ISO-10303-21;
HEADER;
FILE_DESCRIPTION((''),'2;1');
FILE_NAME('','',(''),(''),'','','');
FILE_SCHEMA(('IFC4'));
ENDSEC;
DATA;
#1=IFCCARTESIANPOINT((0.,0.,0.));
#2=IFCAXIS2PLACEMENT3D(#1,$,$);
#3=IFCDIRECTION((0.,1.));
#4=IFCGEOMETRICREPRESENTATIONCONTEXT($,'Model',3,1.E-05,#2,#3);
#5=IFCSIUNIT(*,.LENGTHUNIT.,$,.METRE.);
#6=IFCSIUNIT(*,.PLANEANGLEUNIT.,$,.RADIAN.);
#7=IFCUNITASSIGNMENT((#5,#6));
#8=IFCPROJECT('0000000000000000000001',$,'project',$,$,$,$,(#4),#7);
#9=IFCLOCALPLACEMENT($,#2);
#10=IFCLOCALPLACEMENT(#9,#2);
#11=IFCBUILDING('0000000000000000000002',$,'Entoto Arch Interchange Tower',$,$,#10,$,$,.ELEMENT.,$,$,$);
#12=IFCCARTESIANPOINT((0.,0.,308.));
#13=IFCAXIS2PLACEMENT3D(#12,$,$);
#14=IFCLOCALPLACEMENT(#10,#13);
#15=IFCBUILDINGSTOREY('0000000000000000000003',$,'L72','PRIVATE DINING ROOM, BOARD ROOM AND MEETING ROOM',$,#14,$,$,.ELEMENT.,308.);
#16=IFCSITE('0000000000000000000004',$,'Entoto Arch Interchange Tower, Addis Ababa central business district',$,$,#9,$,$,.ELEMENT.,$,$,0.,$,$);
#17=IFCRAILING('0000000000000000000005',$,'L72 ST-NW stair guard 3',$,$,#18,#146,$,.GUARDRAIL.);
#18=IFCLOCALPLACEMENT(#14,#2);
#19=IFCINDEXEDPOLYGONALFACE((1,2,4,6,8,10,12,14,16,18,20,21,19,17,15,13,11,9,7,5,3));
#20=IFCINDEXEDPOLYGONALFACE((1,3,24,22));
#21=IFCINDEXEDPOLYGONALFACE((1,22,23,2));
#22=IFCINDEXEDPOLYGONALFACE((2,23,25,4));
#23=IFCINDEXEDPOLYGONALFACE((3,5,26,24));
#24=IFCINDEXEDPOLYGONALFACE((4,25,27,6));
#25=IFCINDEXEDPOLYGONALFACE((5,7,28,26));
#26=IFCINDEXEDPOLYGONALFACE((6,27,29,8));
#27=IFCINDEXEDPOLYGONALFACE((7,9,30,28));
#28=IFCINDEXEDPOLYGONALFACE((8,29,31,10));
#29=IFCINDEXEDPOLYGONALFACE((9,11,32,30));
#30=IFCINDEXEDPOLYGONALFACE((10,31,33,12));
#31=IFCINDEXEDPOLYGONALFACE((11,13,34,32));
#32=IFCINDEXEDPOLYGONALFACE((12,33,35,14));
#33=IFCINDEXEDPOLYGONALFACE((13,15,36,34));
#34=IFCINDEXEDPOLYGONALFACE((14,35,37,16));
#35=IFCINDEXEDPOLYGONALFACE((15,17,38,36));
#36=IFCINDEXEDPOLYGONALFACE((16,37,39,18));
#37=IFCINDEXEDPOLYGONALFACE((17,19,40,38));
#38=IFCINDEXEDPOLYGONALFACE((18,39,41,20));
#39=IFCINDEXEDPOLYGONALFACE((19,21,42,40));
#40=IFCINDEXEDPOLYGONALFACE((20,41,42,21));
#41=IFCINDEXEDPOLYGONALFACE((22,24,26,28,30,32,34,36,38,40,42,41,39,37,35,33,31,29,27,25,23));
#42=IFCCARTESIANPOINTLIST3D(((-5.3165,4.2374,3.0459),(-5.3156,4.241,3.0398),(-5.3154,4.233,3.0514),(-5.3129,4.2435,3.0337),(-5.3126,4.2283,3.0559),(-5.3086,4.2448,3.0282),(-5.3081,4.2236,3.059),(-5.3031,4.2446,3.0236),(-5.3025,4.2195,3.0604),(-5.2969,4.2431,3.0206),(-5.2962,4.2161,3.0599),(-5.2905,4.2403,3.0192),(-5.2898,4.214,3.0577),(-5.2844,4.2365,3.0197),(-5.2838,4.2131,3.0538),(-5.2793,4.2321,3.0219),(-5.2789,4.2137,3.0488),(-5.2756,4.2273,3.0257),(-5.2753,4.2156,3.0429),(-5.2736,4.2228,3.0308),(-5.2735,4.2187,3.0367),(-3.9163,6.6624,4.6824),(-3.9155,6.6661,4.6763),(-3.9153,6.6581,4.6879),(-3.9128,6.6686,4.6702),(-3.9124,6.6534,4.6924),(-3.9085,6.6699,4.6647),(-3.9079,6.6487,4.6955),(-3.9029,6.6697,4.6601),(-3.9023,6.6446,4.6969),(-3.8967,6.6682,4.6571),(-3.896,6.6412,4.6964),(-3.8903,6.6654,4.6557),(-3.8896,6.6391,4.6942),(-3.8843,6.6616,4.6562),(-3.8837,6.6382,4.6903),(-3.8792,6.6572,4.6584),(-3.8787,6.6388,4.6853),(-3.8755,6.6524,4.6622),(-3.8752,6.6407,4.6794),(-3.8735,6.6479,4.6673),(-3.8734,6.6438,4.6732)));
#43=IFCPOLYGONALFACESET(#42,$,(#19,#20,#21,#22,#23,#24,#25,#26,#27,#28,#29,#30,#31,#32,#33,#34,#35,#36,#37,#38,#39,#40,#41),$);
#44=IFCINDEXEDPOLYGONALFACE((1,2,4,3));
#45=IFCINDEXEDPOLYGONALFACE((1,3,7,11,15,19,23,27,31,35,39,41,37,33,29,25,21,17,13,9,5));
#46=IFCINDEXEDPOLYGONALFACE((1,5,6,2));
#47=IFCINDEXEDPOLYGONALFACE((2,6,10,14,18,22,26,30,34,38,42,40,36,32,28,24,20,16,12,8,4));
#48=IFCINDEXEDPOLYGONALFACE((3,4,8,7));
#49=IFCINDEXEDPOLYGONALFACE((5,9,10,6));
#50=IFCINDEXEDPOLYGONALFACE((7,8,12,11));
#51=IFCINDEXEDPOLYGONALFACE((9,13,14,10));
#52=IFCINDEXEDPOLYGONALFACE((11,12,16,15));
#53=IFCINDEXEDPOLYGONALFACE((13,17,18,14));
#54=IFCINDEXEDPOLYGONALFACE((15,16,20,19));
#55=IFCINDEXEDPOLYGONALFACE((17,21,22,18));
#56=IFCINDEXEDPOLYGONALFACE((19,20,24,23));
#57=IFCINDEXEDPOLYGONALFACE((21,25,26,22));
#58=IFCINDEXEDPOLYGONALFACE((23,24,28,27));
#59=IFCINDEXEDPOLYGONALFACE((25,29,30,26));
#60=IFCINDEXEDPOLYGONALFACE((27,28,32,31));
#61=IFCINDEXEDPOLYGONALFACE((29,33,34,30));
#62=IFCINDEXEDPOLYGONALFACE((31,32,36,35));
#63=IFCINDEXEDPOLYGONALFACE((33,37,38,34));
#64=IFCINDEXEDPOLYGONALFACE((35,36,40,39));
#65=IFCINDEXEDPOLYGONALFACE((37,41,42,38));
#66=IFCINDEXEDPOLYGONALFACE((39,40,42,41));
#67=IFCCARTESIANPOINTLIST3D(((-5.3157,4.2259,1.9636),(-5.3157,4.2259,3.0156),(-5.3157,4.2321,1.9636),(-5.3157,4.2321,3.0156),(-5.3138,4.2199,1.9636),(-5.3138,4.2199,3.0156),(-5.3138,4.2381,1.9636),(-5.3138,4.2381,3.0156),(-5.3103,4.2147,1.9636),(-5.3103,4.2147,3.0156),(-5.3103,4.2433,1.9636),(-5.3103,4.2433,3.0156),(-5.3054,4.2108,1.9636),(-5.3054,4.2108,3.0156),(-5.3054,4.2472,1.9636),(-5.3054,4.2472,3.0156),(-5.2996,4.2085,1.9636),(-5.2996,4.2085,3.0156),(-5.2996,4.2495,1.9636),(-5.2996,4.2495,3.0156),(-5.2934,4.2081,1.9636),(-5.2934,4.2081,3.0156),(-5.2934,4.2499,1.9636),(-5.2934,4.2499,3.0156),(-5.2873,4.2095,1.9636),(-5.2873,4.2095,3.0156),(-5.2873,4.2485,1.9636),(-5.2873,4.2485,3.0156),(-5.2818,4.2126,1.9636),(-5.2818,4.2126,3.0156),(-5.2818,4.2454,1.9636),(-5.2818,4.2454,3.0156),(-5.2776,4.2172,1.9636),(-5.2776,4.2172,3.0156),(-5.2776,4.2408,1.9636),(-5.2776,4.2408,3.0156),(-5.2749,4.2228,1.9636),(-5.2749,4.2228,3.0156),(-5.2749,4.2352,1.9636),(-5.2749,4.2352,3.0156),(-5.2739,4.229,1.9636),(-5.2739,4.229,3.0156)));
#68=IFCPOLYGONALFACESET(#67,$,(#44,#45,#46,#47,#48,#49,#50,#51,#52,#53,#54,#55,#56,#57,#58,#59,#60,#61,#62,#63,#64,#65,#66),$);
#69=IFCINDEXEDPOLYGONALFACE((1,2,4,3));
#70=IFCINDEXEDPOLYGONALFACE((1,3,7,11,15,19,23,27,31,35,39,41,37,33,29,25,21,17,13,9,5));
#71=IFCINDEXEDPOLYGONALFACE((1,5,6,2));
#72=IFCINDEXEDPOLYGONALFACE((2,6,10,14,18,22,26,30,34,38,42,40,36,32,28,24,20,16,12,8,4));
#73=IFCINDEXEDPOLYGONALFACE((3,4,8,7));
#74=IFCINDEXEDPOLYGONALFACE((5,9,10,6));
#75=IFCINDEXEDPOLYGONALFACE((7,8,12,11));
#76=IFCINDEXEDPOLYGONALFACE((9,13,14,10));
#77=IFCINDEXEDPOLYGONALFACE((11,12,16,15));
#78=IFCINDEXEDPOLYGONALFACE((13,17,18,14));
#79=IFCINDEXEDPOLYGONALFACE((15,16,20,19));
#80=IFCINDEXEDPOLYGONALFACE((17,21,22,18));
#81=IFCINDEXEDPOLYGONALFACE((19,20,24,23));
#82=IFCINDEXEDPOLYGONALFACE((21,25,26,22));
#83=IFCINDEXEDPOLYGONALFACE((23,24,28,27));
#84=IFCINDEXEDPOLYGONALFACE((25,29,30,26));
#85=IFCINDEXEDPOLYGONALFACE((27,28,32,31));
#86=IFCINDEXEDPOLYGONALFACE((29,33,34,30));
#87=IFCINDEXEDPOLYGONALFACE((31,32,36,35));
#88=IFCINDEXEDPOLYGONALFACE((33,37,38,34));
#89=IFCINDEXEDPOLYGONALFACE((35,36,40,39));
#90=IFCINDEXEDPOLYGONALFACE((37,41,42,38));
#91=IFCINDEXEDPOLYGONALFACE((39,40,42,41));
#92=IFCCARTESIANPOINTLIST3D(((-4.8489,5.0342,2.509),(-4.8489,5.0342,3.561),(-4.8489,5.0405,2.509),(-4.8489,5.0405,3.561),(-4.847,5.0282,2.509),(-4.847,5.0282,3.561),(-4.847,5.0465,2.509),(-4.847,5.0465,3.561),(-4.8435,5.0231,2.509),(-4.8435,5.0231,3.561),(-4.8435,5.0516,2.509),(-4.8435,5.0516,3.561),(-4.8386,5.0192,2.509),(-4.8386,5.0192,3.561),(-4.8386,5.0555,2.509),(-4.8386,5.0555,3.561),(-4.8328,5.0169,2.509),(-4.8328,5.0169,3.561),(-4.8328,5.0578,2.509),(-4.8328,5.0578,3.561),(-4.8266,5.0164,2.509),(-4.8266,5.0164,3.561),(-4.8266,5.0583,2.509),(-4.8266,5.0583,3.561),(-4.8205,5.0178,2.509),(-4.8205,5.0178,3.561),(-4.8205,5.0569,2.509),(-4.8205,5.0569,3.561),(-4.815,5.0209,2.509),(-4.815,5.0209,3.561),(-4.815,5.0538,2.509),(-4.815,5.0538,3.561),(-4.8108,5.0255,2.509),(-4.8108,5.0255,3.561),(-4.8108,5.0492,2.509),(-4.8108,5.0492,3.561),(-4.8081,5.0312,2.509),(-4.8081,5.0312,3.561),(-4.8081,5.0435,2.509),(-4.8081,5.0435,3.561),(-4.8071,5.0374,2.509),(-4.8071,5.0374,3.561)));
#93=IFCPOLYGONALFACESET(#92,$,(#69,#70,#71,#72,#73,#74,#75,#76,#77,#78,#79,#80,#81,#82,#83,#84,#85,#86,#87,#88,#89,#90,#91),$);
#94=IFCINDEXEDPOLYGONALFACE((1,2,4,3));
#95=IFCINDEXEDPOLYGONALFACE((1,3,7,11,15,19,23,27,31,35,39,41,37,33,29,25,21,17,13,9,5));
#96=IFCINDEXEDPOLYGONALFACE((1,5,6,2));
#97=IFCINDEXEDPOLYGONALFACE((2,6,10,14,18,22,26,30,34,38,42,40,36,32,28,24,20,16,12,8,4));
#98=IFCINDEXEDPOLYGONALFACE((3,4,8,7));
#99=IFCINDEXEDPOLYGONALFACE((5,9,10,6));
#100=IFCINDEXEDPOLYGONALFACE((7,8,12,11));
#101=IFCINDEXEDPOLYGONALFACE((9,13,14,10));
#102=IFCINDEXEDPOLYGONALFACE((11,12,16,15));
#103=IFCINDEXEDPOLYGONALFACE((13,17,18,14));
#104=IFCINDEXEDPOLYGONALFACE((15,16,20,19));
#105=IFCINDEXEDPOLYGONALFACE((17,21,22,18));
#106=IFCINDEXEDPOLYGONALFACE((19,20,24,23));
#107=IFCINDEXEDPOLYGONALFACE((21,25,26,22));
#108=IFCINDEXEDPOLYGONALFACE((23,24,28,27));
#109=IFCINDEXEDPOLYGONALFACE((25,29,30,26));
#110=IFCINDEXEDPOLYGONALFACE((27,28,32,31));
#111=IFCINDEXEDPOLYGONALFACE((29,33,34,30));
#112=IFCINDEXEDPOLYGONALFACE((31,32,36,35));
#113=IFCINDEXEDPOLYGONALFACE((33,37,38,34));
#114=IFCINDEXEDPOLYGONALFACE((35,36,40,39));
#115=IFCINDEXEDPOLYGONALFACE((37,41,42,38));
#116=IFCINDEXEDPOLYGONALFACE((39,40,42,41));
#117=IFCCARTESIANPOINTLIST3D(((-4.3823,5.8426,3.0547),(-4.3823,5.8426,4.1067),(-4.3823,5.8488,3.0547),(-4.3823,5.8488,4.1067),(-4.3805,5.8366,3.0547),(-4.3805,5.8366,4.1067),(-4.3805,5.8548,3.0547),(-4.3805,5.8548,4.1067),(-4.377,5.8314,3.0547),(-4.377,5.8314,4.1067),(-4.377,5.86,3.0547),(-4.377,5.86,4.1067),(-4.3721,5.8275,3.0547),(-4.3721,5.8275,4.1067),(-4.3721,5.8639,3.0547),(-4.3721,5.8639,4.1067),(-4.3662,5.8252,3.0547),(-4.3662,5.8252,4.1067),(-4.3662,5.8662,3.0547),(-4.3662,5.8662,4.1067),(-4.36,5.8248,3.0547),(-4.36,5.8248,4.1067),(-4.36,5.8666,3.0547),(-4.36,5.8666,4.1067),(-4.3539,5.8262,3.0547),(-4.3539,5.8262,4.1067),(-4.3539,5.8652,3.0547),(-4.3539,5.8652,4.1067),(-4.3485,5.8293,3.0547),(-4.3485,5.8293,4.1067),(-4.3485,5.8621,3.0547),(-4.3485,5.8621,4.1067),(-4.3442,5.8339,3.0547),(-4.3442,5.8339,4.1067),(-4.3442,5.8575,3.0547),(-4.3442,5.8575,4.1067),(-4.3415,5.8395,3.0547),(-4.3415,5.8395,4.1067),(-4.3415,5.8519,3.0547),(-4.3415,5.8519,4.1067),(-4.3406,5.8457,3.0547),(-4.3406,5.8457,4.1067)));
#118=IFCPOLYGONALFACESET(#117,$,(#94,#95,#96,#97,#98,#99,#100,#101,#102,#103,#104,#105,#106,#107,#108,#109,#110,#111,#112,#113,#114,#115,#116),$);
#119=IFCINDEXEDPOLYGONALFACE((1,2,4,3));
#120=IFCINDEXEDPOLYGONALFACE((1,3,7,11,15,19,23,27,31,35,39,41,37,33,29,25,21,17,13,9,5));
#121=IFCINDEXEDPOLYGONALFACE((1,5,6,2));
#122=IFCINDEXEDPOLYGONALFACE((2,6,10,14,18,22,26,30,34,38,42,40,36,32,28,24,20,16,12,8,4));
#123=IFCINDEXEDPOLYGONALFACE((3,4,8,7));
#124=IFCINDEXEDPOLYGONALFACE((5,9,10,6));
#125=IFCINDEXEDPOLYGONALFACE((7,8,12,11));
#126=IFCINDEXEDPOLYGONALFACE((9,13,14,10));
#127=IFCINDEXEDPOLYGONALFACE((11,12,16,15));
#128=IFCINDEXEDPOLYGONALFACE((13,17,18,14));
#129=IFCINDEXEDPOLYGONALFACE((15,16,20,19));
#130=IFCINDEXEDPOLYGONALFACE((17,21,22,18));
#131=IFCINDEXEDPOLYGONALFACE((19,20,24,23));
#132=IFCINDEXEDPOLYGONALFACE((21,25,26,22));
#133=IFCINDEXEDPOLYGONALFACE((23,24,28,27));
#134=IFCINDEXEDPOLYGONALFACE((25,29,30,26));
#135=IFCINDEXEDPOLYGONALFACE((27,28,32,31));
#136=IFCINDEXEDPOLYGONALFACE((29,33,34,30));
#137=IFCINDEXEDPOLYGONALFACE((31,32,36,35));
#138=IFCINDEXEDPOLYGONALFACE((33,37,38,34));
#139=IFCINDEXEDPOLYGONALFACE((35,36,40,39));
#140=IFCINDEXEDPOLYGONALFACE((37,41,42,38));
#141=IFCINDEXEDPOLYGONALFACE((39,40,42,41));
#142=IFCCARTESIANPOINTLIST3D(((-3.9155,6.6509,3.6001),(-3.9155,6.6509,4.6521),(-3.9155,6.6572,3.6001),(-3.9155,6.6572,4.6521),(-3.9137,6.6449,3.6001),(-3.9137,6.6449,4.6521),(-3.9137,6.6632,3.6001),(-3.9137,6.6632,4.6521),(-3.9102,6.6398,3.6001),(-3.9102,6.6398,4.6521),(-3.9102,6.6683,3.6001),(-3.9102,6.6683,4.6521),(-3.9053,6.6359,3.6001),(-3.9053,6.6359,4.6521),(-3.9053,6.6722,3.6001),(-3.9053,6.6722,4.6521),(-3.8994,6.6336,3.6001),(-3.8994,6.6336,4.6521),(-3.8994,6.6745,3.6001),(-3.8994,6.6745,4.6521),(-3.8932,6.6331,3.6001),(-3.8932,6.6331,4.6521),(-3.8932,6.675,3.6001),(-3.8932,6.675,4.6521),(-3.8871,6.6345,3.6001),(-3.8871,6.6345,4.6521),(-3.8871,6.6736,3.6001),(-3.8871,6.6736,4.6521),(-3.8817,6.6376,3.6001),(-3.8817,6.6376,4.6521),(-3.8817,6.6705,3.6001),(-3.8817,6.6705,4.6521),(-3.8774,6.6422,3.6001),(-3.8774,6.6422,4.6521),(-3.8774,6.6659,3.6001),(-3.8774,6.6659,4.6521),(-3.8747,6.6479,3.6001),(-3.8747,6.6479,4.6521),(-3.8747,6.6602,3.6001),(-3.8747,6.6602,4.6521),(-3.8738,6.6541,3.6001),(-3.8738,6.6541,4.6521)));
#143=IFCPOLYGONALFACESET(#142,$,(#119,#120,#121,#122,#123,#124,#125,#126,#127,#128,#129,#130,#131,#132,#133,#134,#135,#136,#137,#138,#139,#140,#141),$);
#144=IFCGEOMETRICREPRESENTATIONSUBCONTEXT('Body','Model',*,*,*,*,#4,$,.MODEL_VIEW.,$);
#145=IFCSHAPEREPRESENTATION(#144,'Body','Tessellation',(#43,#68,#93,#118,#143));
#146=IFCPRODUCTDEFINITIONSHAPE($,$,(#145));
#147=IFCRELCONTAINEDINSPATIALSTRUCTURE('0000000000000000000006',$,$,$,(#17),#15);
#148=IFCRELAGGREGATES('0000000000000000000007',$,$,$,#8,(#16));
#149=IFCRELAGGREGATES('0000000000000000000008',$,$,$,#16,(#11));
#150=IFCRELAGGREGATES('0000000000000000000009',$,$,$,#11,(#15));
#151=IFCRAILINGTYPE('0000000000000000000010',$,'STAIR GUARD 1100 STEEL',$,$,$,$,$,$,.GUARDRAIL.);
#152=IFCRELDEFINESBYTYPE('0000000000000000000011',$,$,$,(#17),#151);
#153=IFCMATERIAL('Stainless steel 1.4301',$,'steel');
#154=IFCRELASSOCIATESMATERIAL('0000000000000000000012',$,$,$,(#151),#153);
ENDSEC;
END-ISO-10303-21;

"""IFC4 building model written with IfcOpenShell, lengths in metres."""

from ifc_helpers import new_model, si_unit, direction, frame, origin, origin_2d, place, context, subcontext, project, spatial, circle, extrude, material, type_object, element, save


model = new_model("IFC4")

# Units and contexts
model_context = context("Model", 3, precision=1e-05, world=origin(), true_north=direction((0.0, 1.0)))
body_context = subcontext(model_context, "Body", "Model", "MODEL_VIEW")
ifc_project = project(units=[si_unit("LENGTHUNIT", "METRE"), si_unit("PLANEANGLEUNIT", "RADIAN")], contexts=[model_context])

# Site, building, storey
site_placement = place(None, origin())
site = spatial("IfcSite", under=ifc_project, at=site_placement, Name="Entoto Arch Interchange Tower, Addis Ababa central business district", CompositionType="ELEMENT", RefElevation=0.0)
building_placement = place(site_placement, origin())
building = spatial("IfcBuilding", under=site, at=building_placement, Name="Entoto Arch Interchange Tower", CompositionType="ELEMENT")
storey_placement = place(building_placement, frame((0.0, 0.0, 308.0)))
storey = spatial("IfcBuildingStorey", under=building, at=storey_placement, Name="L72", Description="PRIVATE DINING ROOM, BOARD ROOM AND MEETING ROOM", CompositionType="ELEMENT", Elevation=308.0)

# Railing
ifc_material_1 = material(Name="Stainless steel 1.4301", Category="steel")
railing_type_1 = type_object("IfcRailingType", Name="STAIR GUARD 1100 STEEL", PredefinedType="GUARDRAIL", material=ifc_material_1)
railing_1_placement = place(storey_placement, frame((-5.2949, 4.229, 1.9636)))
element("IfcRailing", 1, at=railing_1_placement, inside=storey, type_object=railing_type_1, Name="L72 ST-NW stair guard 3", PredefinedType="GUARDRAIL", context=body_context, shape_type="SweptSolid", body=[
    extrude(circle(Radius=0.0239, at=origin_2d()), frame((0.0, 0.0, 1.0762), z_axis=(0.431698, 0.747699, 0.504563), x_axis=(-0.866019, 0.500012, 0.0)), (0.0, 0.0, 1.0), 3.2434),
    extrude(circle(Radius=0.021, at=origin_2d()), origin(), (0.0, 0.0, 1.0), 1.052),
    extrude(circle(Radius=0.021, at=origin_2d()), frame((0.4668, 0.8083, 0.5454)), (0.0, 0.0, 1.0), 1.052),
    extrude(circle(Radius=0.021, at=origin_2d()), frame((0.9333, 1.6167, 1.0911)), (0.0, 0.0, 1.0), 1.052),
    extrude(circle(Radius=0.021, at=origin_2d()), frame((1.4001, 2.425, 1.6365)), (0.0, 0.0, 1.0), 1.052),
])

save(model, "model.ifc")
